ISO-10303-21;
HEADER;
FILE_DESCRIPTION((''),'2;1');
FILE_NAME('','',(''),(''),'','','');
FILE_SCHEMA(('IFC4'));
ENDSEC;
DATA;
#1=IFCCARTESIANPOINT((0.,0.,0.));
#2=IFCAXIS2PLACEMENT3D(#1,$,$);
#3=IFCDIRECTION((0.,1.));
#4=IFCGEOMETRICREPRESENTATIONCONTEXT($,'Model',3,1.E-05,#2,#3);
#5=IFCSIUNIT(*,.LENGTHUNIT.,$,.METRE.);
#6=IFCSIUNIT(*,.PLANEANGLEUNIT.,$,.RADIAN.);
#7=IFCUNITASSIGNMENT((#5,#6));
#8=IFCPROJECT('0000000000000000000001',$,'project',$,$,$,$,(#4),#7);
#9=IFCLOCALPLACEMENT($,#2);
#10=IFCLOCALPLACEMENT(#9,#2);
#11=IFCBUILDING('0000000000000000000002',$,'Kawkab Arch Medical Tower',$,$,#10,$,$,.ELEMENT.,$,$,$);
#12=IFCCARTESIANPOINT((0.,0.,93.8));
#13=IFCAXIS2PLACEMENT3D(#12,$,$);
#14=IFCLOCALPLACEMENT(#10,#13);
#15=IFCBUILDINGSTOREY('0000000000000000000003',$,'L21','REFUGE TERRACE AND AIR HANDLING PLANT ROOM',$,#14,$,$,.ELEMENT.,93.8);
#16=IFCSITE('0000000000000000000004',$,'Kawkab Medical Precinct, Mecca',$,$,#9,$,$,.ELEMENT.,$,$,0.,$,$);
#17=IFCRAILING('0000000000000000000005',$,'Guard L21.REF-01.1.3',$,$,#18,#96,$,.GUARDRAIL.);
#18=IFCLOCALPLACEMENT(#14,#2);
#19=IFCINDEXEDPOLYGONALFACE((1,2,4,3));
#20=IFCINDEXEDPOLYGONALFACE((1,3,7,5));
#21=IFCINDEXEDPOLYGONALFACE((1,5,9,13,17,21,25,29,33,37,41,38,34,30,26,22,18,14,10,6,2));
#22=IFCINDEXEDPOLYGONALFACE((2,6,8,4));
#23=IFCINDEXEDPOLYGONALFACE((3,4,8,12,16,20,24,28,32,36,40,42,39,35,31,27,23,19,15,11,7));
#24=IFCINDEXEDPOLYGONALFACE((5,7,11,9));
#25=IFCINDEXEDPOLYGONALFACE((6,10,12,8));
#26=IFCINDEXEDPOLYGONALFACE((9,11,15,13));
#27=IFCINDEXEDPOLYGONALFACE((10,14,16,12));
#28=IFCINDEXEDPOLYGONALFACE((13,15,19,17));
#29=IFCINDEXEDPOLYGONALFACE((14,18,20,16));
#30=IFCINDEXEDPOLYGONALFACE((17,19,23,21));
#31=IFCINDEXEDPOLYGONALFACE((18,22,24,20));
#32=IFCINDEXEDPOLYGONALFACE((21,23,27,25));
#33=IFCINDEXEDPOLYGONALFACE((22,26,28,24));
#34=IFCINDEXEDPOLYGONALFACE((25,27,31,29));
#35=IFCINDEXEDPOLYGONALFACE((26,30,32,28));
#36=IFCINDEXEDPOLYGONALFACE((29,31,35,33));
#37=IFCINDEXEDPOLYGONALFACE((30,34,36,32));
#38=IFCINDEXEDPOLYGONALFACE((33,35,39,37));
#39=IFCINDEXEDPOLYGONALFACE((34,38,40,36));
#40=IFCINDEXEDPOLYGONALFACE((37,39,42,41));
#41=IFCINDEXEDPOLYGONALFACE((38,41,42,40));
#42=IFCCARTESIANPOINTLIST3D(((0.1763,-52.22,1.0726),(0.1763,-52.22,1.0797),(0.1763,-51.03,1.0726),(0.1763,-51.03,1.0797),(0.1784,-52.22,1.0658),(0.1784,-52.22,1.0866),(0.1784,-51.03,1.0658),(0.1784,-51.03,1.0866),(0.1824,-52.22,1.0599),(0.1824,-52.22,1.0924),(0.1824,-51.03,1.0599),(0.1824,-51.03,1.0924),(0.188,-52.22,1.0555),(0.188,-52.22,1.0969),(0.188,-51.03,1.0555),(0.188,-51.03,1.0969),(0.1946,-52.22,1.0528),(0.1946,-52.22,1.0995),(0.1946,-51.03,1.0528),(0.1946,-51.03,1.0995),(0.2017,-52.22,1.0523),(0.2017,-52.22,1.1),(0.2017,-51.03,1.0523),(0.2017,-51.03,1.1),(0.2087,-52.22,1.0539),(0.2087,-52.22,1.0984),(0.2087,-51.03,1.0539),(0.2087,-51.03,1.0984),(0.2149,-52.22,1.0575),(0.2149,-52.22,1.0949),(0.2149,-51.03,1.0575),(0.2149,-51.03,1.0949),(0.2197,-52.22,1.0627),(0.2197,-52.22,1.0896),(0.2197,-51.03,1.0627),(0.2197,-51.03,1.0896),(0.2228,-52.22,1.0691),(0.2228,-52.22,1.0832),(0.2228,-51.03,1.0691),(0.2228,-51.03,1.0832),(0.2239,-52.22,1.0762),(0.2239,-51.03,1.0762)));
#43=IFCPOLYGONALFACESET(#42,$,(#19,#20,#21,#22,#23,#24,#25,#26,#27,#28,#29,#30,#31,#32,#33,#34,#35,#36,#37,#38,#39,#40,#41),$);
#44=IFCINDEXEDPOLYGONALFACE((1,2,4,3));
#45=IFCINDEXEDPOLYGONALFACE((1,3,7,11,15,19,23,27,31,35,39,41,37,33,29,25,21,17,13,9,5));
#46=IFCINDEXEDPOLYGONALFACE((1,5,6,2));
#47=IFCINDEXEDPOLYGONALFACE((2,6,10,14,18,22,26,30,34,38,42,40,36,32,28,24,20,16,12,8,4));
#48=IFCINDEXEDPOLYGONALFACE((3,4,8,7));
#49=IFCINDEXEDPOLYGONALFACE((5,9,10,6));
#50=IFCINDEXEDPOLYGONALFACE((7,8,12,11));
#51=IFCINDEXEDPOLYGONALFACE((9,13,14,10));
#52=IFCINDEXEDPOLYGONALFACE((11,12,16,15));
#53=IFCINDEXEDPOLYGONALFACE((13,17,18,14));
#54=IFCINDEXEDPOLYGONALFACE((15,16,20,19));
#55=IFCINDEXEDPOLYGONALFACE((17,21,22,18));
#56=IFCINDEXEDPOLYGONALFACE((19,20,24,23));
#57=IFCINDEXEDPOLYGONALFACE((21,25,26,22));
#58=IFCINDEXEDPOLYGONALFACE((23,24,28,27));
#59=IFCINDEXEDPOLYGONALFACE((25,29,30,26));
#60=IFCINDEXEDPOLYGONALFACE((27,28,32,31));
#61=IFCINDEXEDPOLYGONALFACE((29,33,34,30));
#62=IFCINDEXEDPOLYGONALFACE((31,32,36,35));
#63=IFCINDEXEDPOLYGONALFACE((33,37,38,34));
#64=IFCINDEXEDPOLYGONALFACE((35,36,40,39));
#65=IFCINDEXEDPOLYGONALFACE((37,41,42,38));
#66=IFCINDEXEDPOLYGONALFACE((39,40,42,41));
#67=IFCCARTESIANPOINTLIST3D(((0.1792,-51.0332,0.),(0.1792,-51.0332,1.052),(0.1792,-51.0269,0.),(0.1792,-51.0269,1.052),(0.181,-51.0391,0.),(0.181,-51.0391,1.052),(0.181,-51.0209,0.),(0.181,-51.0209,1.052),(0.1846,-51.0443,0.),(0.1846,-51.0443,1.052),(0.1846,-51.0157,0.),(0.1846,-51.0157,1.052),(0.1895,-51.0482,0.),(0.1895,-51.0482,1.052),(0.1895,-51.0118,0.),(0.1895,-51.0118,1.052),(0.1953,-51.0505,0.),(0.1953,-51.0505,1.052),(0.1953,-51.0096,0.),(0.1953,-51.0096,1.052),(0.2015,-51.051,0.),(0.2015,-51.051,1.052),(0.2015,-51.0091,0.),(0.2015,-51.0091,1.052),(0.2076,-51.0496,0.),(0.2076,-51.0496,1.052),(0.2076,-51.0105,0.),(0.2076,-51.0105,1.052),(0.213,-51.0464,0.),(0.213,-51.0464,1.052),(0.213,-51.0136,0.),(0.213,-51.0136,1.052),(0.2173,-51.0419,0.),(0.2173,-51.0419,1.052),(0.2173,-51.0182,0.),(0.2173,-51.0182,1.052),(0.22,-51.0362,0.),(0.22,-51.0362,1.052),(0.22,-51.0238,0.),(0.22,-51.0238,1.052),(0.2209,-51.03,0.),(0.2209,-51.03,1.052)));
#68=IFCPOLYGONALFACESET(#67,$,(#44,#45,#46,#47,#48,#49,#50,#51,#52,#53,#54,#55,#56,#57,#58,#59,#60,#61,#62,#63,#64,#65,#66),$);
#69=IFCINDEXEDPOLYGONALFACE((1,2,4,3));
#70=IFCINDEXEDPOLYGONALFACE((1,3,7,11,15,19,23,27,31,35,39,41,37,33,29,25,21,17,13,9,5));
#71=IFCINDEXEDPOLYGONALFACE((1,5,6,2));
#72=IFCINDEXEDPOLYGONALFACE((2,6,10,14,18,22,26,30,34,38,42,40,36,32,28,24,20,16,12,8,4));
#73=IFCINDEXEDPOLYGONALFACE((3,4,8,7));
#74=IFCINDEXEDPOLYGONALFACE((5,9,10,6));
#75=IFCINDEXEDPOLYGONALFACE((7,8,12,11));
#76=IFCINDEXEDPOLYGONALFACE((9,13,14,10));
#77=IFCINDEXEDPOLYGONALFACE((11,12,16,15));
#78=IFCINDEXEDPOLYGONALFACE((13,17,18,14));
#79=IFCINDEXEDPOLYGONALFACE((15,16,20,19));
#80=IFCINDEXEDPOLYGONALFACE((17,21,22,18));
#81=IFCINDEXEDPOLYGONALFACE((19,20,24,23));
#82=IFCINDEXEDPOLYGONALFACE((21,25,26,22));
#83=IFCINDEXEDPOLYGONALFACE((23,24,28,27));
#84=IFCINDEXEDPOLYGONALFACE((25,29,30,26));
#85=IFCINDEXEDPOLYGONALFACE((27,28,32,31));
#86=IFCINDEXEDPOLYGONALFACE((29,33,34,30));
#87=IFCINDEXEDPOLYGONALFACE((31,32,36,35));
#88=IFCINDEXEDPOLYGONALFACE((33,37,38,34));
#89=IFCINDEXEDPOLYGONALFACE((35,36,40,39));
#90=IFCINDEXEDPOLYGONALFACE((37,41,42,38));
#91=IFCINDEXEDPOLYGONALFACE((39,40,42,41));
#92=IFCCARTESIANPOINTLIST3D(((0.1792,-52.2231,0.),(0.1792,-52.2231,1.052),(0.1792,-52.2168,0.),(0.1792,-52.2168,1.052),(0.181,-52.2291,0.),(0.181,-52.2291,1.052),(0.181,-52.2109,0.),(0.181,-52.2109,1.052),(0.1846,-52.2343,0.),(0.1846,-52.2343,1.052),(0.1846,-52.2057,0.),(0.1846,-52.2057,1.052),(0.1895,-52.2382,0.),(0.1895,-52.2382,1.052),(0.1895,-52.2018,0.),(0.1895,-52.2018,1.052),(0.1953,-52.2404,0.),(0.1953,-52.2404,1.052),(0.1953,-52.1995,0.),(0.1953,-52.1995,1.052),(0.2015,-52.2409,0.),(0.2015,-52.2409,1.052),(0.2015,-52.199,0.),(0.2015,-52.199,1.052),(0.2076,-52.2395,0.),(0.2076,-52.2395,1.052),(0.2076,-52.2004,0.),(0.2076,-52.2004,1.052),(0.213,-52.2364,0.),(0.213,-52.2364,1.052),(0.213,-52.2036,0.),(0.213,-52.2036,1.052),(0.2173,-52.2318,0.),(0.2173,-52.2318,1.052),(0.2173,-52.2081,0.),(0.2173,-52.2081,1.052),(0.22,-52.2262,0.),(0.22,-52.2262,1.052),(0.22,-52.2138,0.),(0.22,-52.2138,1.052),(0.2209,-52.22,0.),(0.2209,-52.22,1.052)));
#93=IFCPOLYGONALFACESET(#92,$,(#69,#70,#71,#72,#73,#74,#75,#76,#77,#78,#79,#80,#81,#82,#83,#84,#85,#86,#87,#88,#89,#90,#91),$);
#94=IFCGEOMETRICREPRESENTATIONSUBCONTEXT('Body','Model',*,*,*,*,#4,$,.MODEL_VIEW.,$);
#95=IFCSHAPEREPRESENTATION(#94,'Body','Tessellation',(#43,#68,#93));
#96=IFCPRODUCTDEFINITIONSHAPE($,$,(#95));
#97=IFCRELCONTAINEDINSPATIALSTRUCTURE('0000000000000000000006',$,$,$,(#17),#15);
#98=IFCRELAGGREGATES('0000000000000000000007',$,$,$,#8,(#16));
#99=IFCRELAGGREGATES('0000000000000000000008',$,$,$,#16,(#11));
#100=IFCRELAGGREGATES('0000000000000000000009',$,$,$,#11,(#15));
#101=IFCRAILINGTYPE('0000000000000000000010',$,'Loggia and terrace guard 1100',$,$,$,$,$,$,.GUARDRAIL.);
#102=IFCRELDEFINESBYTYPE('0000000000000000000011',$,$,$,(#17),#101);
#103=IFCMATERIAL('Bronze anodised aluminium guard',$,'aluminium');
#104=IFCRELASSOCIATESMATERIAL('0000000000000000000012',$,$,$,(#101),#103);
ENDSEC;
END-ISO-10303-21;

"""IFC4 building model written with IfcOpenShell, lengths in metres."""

from ifc_helpers import new_model, si_unit, direction, frame, origin, origin_2d, place, context, subcontext, project, spatial, circle, extrude, material, type_object, element, save


model = new_model("IFC4")

# Units and contexts
model_context = context("Model", 3, precision=1e-05, world=origin(), true_north=direction((0.0, 1.0)))
body_context = subcontext(model_context, "Body", "Model", "MODEL_VIEW")
ifc_project = project(units=[si_unit("LENGTHUNIT", "METRE"), si_unit("PLANEANGLEUNIT", "RADIAN")], contexts=[model_context])

# Site, building, storey
site_placement = place(None, origin())
site = spatial("IfcSite", under=ifc_project, at=site_placement, Name="Kawkab Medical Precinct, Mecca", CompositionType="ELEMENT", RefElevation=0.0)
building_placement = place(site_placement, origin())
building = spatial("IfcBuilding", under=site, at=building_placement, Name="Kawkab Arch Medical Tower", CompositionType="ELEMENT")
storey_placement = place(building_placement, frame((0.0, 0.0, 93.8)))
storey = spatial("IfcBuildingStorey", under=building, at=storey_placement, Name="L21", Description="REFUGE TERRACE AND AIR HANDLING PLANT ROOM", CompositionType="ELEMENT", Elevation=93.8)

# Railing
ifc_material_1 = material(Name="Bronze anodised aluminium guard", Category="aluminium")
railing_type = type_object("IfcRailingType", Name="Loggia and terrace guard 1100", PredefinedType="GUARDRAIL", material=ifc_material_1)
railing_1_placement = place(storey_placement, frame((0.2, -51.03, 0.0)))
element("IfcRailing", 1, at=railing_1_placement, inside=storey, type_object=railing_type, Name="Guard L21.REF-01.1.3", PredefinedType="GUARDRAIL", context=body_context, shape_type="SweptSolid", body=[
    extrude(circle(Radius=0.0239, at=origin_2d()), frame((0.0, 0.0, 1.0762), z_axis=(0.0, -1.0, 0.0), x_axis=(1.0, 0.0, 0.0)), (0.0, 0.0, 1.0), 1.1899),
    extrude(circle(Radius=0.021, at=origin_2d()), origin(), (0.0, 0.0, 1.0), 1.052),
    extrude(circle(Radius=0.021, at=origin_2d()), frame((0.0, -1.1899, 0.0)), (0.0, 0.0, 1.0), 1.052),
])

save(model, "model.ifc")
